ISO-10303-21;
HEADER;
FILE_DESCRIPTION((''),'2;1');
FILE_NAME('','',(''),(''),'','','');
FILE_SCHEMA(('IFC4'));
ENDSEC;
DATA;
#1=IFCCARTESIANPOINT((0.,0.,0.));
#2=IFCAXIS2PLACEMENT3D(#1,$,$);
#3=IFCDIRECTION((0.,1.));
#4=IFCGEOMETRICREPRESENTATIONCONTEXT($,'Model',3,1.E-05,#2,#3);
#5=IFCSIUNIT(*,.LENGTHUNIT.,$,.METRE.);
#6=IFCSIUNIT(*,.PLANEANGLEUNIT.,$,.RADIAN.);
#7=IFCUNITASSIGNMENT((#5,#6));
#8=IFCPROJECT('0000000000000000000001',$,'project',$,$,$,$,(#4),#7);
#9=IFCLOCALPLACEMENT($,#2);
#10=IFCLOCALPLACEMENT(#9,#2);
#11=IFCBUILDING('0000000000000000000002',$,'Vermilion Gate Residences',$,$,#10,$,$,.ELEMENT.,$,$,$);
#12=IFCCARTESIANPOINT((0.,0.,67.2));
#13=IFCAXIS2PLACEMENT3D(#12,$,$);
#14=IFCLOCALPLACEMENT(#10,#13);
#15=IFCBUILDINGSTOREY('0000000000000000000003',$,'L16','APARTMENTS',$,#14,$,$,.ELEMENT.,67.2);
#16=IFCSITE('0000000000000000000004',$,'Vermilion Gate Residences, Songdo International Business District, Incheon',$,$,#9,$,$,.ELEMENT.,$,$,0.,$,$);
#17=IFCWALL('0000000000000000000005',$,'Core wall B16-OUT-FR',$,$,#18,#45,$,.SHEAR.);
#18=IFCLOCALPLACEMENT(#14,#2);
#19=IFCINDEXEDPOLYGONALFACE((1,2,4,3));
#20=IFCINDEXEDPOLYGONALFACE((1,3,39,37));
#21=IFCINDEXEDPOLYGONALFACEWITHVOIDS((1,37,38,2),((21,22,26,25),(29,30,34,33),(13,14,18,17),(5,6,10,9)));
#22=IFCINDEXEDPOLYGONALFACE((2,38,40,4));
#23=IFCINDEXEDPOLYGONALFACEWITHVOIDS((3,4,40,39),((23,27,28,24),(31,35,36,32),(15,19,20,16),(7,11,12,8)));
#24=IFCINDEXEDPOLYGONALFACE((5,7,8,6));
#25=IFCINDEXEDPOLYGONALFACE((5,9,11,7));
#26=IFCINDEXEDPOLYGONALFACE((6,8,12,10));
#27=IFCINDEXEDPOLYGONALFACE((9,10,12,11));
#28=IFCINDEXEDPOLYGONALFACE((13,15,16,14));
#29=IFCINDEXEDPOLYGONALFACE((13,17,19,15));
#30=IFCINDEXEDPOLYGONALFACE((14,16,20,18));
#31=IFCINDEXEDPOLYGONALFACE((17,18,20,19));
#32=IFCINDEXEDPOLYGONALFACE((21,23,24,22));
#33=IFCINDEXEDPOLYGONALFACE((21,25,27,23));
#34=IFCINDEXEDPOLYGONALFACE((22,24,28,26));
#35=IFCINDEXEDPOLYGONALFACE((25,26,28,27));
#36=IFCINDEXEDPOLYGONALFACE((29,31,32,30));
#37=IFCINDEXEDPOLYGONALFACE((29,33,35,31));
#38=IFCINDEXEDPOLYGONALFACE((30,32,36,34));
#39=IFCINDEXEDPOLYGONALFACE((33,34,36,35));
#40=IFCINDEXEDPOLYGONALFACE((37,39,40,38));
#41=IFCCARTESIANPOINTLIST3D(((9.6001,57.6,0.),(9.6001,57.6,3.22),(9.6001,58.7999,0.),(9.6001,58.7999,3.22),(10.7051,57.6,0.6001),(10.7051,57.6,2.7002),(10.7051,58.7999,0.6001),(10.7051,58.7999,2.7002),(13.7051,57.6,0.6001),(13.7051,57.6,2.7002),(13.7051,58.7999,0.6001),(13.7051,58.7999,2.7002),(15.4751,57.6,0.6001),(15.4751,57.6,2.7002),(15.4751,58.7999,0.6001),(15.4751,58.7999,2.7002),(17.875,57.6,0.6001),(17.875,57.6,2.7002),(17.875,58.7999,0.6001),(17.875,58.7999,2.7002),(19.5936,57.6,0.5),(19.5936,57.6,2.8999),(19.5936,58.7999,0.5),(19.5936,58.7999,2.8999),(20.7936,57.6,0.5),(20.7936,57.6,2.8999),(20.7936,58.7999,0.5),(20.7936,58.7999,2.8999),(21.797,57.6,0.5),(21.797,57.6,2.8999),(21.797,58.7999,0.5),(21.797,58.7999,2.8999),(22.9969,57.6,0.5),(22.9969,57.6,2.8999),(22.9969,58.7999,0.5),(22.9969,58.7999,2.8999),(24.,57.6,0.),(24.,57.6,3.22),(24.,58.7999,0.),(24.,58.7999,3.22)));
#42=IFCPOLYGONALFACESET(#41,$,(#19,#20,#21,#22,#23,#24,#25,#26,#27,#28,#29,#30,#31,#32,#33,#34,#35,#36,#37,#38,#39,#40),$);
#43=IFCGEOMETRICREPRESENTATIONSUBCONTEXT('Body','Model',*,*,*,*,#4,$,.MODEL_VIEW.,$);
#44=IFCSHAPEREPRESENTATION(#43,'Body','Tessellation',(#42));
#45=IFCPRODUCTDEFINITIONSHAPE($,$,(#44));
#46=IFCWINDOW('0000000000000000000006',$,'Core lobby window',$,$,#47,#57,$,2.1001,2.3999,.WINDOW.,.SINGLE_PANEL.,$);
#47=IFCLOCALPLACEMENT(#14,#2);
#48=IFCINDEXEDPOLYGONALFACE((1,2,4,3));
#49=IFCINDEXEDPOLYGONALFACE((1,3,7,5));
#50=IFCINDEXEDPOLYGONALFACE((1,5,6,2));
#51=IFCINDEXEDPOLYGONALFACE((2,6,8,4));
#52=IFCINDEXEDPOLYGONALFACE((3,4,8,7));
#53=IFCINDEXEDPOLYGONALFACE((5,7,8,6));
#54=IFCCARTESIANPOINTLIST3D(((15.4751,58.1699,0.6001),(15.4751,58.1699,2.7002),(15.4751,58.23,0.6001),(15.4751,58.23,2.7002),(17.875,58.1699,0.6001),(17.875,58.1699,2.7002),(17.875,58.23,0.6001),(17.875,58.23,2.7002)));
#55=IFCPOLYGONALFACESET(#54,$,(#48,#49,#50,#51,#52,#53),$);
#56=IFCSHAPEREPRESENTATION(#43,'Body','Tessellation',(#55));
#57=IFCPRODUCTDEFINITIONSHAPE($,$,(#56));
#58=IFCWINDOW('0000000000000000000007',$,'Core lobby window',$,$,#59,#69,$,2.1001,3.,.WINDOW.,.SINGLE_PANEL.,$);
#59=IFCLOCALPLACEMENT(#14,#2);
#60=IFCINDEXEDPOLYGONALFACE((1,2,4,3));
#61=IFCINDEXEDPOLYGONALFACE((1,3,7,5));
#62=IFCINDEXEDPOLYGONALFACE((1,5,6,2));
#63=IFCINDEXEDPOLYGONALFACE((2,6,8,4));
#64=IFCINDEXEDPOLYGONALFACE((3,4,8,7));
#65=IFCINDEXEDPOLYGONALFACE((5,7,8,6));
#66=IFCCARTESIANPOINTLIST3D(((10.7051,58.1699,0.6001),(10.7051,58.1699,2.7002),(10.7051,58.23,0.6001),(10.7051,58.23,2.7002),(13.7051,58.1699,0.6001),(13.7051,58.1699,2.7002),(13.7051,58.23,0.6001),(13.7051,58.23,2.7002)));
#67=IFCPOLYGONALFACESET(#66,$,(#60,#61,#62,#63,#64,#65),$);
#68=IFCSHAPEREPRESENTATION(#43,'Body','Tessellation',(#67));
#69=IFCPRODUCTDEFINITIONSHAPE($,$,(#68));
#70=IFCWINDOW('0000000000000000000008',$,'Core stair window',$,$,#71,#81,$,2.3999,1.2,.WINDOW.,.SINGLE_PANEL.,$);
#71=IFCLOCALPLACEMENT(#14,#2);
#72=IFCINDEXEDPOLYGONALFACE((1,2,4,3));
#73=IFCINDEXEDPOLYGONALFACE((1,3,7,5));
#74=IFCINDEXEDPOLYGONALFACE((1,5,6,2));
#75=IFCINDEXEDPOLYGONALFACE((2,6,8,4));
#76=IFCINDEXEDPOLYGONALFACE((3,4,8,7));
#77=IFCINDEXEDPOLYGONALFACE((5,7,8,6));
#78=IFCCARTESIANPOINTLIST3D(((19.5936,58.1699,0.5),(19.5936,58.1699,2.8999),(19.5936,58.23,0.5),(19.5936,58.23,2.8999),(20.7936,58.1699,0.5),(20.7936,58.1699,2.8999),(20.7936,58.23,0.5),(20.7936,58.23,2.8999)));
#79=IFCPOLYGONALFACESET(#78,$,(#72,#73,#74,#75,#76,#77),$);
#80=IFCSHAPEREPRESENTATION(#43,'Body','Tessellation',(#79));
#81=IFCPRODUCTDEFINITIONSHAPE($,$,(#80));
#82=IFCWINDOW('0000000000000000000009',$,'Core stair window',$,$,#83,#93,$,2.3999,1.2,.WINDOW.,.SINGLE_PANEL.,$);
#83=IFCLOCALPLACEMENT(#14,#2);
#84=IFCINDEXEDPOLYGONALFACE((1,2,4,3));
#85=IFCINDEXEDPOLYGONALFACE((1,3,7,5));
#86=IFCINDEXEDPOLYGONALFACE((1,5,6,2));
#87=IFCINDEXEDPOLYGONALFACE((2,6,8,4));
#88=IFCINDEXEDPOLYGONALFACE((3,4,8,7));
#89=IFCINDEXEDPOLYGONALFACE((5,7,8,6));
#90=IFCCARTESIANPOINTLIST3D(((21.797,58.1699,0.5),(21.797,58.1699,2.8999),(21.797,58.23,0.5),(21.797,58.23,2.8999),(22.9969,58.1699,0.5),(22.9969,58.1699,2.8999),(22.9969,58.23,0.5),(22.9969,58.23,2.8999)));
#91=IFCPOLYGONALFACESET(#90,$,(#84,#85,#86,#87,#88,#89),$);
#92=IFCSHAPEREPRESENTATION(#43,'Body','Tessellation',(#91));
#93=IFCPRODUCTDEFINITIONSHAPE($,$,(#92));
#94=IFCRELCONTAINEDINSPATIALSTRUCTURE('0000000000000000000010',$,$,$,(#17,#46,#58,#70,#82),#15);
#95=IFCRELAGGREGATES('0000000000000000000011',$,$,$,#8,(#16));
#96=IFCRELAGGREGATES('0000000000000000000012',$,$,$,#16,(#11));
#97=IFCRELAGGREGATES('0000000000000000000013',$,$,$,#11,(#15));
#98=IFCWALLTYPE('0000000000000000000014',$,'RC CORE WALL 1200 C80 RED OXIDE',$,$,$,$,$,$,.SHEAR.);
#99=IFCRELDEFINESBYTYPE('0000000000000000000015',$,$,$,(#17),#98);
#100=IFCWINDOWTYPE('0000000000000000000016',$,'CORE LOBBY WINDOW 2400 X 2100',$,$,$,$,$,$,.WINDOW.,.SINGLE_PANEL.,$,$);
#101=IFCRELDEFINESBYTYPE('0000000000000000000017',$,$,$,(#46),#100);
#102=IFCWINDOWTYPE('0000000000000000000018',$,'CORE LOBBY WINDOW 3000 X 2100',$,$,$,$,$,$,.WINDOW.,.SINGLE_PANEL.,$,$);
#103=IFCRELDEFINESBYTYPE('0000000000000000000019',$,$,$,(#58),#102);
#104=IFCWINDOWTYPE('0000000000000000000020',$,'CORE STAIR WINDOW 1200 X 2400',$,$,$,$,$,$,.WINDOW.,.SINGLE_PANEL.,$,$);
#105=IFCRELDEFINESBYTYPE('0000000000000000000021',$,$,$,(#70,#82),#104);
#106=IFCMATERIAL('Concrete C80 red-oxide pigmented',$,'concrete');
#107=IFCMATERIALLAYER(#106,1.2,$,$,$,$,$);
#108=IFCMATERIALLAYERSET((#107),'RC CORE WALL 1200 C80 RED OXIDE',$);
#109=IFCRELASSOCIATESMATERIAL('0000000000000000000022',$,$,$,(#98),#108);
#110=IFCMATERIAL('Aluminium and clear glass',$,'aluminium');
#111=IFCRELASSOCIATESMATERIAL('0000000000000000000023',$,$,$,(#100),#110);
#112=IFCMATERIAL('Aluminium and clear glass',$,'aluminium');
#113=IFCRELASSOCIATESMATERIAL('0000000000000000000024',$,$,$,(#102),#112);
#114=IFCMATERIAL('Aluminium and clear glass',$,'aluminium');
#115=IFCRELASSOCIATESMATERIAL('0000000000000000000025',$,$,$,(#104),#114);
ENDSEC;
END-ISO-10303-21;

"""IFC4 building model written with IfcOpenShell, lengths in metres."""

from ifc_helpers import new_model, si_unit, direction, frame, frame_2d, origin, place, context, subcontext, project, spatial, rectangle, extrude, material, layer, layer_set, type_object, element, fill, save


model = new_model("IFC4")

# Units and contexts
model_context = context("Model", 3, precision=1e-05, world=origin(), true_north=direction((0.0, 1.0)))
body_context = subcontext(model_context, "Body", "Model", "MODEL_VIEW")
ifc_project = project(units=[si_unit("LENGTHUNIT", "METRE"), si_unit("PLANEANGLEUNIT", "RADIAN")], contexts=[model_context])

# Site, building, storey
site_placement = place(None, origin())
site = spatial("IfcSite", under=ifc_project, at=site_placement, Name="Vermilion Gate Residences, Songdo International Business District, Incheon", CompositionType="ELEMENT", RefElevation=0.0)
building_placement = place(site_placement, origin())
building = spatial("IfcBuilding", under=site, at=building_placement, Name="Vermilion Gate Residences", CompositionType="ELEMENT")
storey_placement = place(building_placement, frame((0.0, 0.0, 67.2)))
storey = spatial("IfcBuildingStorey", under=building, at=storey_placement, Name="L16", Description="APARTMENTS", CompositionType="ELEMENT", Elevation=67.2)

# Wall, openings, windows
ifc_material_1 = material(Name="Concrete C80 red-oxide pigmented", Category="concrete")
ifc_layer_1 = layer(ifc_material_1, 1.2)
ifc_layer_set_1 = layer_set([ifc_layer_1], Name="RC CORE WALL 1200 C80 RED OXIDE")
wall_type_1 = type_object("IfcWallType", Name="RC CORE WALL 1200 C80 RED OXIDE", PredefinedType="SHEAR", material=ifc_layer_set_1)
wall_1_placement = place(storey_placement, frame((9.6001, 58.2, 0.0), z_axis=(0.0, 0.0, 1.0), x_axis=(1.0, 0.0, 0.0)))
wall_1 = element("IfcWall", 1, at=wall_1_placement, inside=storey, type_object=wall_type_1, Name="Core wall B16-OUT-FR", PredefinedType="SHEAR", context=body_context, shape_type="SweptSolid", body=[
    extrude(rectangle(XDim=14.3999, YDim=1.2, at=frame_2d((7.2, 0.0))), origin(), (0.0, 0.0, 1.0), 3.22),
])
opening_1_placement = place(wall_1_placement, frame((1.105, 0.0, 0.6001)))
opening_1 = element("IfcOpeningElement", 2, at=opening_1_placement, cuts=wall_1, PredefinedType="OPENING", context=body_context, shape_type="SweptSolid", body=[
    extrude(rectangle(XDim=3.0, YDim=2.1001, at=frame_2d((1.5, 1.05))), frame((0.0, 0.6099, 0.0), z_axis=(0.0, -1.0, 0.0), x_axis=(1.0, 0.0, 0.0)), (0.0, 0.0, 1.0), 1.22),
])
opening_2_placement = place(wall_1_placement, frame((5.875, 0.0, 0.6001)))
opening_2 = element("IfcOpeningElement", 3, at=opening_2_placement, cuts=wall_1, PredefinedType="OPENING", context=body_context, shape_type="SweptSolid", body=[
    extrude(rectangle(XDim=2.3999, YDim=2.1001, at=frame_2d((1.2, 1.05))), frame((0.0, 0.6099, 0.0), z_axis=(0.0, -1.0, 0.0), x_axis=(1.0, 0.0, 0.0)), (0.0, 0.0, 1.0), 1.22),
])
opening_3_placement = place(wall_1_placement, frame((9.9934, 0.0, 0.5)))
opening_3 = element("IfcOpeningElement", 4, at=opening_3_placement, cuts=wall_1, PredefinedType="OPENING", context=body_context, shape_type="SweptSolid", body=[
    extrude(rectangle(XDim=1.2, YDim=2.3999, at=frame_2d((0.6001, 1.2))), frame((0.0, 0.6099, 0.0), z_axis=(0.0, -1.0, 0.0), x_axis=(1.0, 0.0, 0.0)), (0.0, 0.0, 1.0), 1.22),
])
opening_4_placement = place(wall_1_placement, frame((12.1968, 0.0, 0.5)))
opening_4 = element("IfcOpeningElement", 5, at=opening_4_placement, cuts=wall_1, PredefinedType="OPENING", context=body_context, shape_type="SweptSolid", body=[
    extrude(rectangle(XDim=1.2, YDim=2.3999, at=frame_2d((0.6001, 1.2))), frame((0.0, 0.6099, 0.0), z_axis=(0.0, -1.0, 0.0), x_axis=(1.0, 0.0, 0.0)), (0.0, 0.0, 1.0), 1.22),
])
ifc_material_2 = material(Name="Aluminium and clear glass", Category="aluminium")
window_type_1 = type_object("IfcWindowType", Name="CORE LOBBY WINDOW 2400 X 2100", PartitioningType="SINGLE_PANEL", PredefinedType="WINDOW", material=ifc_material_2)
window_1_placement = place(opening_2_placement, origin())
window_1 = element("IfcWindow", 6, at=window_1_placement, inside=storey, type_object=window_type_1, Name="Core lobby window", OverallHeight=2.1001, OverallWidth=2.3999, PartitioningType="SINGLE_PANEL", PredefinedType="WINDOW", context=body_context, shape_type="SweptSolid", body=[
    extrude(rectangle(XDim=2.3999, YDim=2.1001, at=frame_2d((1.2, 1.05))), frame((0.0, 0.03, 0.0), z_axis=(0.0, -1.0, 0.0), x_axis=(1.0, 0.0, 0.0)), (0.0, 0.0, 1.0), 0.0601),
])
fill(opening_2, window_1)
ifc_material_3 = material(Name="Aluminium and clear glass", Category="aluminium")
window_type_2 = type_object("IfcWindowType", Name="CORE LOBBY WINDOW 3000 X 2100", PartitioningType="SINGLE_PANEL", PredefinedType="WINDOW", material=ifc_material_3)
window_2_placement = place(opening_1_placement, origin())
window_2 = element("IfcWindow", 7, at=window_2_placement, inside=storey, type_object=window_type_2, Name="Core lobby window", OverallHeight=2.1001, OverallWidth=3.0, PartitioningType="SINGLE_PANEL", PredefinedType="WINDOW", context=body_context, shape_type="SweptSolid", body=[
    extrude(rectangle(XDim=3.0, YDim=2.1001, at=frame_2d((1.5, 1.05))), frame((0.0, 0.03, 0.0), z_axis=(0.0, -1.0, 0.0), x_axis=(1.0, 0.0, 0.0)), (0.0, 0.0, 1.0), 0.0601),
])
fill(opening_1, window_2)
ifc_material_4 = material(Name="Aluminium and clear glass", Category="aluminium")
window_type_3 = type_object("IfcWindowType", Name="CORE STAIR WINDOW 1200 X 2400", PartitioningType="SINGLE_PANEL", PredefinedType="WINDOW", material=ifc_material_4)
window_3_placement = place(opening_3_placement, origin())
window_3 = element("IfcWindow", 8, at=window_3_placement, inside=storey, type_object=window_type_3, Name="Core stair window", OverallHeight=2.3999, OverallWidth=1.2, PartitioningType="SINGLE_PANEL", PredefinedType="WINDOW", context=body_context, shape_type="SweptSolid", body=[
    extrude(rectangle(XDim=1.2, YDim=2.3999, at=frame_2d((0.6001, 1.2))), frame((0.0, 0.03, 0.0), z_axis=(0.0, -1.0, 0.0), x_axis=(1.0, 0.0, 0.0)), (0.0, 0.0, 1.0), 0.0601),
])
fill(opening_3, window_3)
window_4_placement = place(opening_4_placement, origin())
window_4 = element("IfcWindow", 9, at=window_4_placement, inside=storey, type_object=window_type_3, Name="Core stair window", OverallHeight=2.3999, OverallWidth=1.2, PartitioningType="SINGLE_PANEL", PredefinedType="WINDOW", context=body_context, shape_type="SweptSolid", body=[
    extrude(rectangle(XDim=1.2, YDim=2.3999, at=frame_2d((0.6001, 1.2))), frame((0.0, 0.03, 0.0), z_axis=(0.0, -1.0, 0.0), x_axis=(1.0, 0.0, 0.0)), (0.0, 0.0, 1.0), 0.0601),
])
fill(opening_4, window_4)

save(model, "model.ifc")
